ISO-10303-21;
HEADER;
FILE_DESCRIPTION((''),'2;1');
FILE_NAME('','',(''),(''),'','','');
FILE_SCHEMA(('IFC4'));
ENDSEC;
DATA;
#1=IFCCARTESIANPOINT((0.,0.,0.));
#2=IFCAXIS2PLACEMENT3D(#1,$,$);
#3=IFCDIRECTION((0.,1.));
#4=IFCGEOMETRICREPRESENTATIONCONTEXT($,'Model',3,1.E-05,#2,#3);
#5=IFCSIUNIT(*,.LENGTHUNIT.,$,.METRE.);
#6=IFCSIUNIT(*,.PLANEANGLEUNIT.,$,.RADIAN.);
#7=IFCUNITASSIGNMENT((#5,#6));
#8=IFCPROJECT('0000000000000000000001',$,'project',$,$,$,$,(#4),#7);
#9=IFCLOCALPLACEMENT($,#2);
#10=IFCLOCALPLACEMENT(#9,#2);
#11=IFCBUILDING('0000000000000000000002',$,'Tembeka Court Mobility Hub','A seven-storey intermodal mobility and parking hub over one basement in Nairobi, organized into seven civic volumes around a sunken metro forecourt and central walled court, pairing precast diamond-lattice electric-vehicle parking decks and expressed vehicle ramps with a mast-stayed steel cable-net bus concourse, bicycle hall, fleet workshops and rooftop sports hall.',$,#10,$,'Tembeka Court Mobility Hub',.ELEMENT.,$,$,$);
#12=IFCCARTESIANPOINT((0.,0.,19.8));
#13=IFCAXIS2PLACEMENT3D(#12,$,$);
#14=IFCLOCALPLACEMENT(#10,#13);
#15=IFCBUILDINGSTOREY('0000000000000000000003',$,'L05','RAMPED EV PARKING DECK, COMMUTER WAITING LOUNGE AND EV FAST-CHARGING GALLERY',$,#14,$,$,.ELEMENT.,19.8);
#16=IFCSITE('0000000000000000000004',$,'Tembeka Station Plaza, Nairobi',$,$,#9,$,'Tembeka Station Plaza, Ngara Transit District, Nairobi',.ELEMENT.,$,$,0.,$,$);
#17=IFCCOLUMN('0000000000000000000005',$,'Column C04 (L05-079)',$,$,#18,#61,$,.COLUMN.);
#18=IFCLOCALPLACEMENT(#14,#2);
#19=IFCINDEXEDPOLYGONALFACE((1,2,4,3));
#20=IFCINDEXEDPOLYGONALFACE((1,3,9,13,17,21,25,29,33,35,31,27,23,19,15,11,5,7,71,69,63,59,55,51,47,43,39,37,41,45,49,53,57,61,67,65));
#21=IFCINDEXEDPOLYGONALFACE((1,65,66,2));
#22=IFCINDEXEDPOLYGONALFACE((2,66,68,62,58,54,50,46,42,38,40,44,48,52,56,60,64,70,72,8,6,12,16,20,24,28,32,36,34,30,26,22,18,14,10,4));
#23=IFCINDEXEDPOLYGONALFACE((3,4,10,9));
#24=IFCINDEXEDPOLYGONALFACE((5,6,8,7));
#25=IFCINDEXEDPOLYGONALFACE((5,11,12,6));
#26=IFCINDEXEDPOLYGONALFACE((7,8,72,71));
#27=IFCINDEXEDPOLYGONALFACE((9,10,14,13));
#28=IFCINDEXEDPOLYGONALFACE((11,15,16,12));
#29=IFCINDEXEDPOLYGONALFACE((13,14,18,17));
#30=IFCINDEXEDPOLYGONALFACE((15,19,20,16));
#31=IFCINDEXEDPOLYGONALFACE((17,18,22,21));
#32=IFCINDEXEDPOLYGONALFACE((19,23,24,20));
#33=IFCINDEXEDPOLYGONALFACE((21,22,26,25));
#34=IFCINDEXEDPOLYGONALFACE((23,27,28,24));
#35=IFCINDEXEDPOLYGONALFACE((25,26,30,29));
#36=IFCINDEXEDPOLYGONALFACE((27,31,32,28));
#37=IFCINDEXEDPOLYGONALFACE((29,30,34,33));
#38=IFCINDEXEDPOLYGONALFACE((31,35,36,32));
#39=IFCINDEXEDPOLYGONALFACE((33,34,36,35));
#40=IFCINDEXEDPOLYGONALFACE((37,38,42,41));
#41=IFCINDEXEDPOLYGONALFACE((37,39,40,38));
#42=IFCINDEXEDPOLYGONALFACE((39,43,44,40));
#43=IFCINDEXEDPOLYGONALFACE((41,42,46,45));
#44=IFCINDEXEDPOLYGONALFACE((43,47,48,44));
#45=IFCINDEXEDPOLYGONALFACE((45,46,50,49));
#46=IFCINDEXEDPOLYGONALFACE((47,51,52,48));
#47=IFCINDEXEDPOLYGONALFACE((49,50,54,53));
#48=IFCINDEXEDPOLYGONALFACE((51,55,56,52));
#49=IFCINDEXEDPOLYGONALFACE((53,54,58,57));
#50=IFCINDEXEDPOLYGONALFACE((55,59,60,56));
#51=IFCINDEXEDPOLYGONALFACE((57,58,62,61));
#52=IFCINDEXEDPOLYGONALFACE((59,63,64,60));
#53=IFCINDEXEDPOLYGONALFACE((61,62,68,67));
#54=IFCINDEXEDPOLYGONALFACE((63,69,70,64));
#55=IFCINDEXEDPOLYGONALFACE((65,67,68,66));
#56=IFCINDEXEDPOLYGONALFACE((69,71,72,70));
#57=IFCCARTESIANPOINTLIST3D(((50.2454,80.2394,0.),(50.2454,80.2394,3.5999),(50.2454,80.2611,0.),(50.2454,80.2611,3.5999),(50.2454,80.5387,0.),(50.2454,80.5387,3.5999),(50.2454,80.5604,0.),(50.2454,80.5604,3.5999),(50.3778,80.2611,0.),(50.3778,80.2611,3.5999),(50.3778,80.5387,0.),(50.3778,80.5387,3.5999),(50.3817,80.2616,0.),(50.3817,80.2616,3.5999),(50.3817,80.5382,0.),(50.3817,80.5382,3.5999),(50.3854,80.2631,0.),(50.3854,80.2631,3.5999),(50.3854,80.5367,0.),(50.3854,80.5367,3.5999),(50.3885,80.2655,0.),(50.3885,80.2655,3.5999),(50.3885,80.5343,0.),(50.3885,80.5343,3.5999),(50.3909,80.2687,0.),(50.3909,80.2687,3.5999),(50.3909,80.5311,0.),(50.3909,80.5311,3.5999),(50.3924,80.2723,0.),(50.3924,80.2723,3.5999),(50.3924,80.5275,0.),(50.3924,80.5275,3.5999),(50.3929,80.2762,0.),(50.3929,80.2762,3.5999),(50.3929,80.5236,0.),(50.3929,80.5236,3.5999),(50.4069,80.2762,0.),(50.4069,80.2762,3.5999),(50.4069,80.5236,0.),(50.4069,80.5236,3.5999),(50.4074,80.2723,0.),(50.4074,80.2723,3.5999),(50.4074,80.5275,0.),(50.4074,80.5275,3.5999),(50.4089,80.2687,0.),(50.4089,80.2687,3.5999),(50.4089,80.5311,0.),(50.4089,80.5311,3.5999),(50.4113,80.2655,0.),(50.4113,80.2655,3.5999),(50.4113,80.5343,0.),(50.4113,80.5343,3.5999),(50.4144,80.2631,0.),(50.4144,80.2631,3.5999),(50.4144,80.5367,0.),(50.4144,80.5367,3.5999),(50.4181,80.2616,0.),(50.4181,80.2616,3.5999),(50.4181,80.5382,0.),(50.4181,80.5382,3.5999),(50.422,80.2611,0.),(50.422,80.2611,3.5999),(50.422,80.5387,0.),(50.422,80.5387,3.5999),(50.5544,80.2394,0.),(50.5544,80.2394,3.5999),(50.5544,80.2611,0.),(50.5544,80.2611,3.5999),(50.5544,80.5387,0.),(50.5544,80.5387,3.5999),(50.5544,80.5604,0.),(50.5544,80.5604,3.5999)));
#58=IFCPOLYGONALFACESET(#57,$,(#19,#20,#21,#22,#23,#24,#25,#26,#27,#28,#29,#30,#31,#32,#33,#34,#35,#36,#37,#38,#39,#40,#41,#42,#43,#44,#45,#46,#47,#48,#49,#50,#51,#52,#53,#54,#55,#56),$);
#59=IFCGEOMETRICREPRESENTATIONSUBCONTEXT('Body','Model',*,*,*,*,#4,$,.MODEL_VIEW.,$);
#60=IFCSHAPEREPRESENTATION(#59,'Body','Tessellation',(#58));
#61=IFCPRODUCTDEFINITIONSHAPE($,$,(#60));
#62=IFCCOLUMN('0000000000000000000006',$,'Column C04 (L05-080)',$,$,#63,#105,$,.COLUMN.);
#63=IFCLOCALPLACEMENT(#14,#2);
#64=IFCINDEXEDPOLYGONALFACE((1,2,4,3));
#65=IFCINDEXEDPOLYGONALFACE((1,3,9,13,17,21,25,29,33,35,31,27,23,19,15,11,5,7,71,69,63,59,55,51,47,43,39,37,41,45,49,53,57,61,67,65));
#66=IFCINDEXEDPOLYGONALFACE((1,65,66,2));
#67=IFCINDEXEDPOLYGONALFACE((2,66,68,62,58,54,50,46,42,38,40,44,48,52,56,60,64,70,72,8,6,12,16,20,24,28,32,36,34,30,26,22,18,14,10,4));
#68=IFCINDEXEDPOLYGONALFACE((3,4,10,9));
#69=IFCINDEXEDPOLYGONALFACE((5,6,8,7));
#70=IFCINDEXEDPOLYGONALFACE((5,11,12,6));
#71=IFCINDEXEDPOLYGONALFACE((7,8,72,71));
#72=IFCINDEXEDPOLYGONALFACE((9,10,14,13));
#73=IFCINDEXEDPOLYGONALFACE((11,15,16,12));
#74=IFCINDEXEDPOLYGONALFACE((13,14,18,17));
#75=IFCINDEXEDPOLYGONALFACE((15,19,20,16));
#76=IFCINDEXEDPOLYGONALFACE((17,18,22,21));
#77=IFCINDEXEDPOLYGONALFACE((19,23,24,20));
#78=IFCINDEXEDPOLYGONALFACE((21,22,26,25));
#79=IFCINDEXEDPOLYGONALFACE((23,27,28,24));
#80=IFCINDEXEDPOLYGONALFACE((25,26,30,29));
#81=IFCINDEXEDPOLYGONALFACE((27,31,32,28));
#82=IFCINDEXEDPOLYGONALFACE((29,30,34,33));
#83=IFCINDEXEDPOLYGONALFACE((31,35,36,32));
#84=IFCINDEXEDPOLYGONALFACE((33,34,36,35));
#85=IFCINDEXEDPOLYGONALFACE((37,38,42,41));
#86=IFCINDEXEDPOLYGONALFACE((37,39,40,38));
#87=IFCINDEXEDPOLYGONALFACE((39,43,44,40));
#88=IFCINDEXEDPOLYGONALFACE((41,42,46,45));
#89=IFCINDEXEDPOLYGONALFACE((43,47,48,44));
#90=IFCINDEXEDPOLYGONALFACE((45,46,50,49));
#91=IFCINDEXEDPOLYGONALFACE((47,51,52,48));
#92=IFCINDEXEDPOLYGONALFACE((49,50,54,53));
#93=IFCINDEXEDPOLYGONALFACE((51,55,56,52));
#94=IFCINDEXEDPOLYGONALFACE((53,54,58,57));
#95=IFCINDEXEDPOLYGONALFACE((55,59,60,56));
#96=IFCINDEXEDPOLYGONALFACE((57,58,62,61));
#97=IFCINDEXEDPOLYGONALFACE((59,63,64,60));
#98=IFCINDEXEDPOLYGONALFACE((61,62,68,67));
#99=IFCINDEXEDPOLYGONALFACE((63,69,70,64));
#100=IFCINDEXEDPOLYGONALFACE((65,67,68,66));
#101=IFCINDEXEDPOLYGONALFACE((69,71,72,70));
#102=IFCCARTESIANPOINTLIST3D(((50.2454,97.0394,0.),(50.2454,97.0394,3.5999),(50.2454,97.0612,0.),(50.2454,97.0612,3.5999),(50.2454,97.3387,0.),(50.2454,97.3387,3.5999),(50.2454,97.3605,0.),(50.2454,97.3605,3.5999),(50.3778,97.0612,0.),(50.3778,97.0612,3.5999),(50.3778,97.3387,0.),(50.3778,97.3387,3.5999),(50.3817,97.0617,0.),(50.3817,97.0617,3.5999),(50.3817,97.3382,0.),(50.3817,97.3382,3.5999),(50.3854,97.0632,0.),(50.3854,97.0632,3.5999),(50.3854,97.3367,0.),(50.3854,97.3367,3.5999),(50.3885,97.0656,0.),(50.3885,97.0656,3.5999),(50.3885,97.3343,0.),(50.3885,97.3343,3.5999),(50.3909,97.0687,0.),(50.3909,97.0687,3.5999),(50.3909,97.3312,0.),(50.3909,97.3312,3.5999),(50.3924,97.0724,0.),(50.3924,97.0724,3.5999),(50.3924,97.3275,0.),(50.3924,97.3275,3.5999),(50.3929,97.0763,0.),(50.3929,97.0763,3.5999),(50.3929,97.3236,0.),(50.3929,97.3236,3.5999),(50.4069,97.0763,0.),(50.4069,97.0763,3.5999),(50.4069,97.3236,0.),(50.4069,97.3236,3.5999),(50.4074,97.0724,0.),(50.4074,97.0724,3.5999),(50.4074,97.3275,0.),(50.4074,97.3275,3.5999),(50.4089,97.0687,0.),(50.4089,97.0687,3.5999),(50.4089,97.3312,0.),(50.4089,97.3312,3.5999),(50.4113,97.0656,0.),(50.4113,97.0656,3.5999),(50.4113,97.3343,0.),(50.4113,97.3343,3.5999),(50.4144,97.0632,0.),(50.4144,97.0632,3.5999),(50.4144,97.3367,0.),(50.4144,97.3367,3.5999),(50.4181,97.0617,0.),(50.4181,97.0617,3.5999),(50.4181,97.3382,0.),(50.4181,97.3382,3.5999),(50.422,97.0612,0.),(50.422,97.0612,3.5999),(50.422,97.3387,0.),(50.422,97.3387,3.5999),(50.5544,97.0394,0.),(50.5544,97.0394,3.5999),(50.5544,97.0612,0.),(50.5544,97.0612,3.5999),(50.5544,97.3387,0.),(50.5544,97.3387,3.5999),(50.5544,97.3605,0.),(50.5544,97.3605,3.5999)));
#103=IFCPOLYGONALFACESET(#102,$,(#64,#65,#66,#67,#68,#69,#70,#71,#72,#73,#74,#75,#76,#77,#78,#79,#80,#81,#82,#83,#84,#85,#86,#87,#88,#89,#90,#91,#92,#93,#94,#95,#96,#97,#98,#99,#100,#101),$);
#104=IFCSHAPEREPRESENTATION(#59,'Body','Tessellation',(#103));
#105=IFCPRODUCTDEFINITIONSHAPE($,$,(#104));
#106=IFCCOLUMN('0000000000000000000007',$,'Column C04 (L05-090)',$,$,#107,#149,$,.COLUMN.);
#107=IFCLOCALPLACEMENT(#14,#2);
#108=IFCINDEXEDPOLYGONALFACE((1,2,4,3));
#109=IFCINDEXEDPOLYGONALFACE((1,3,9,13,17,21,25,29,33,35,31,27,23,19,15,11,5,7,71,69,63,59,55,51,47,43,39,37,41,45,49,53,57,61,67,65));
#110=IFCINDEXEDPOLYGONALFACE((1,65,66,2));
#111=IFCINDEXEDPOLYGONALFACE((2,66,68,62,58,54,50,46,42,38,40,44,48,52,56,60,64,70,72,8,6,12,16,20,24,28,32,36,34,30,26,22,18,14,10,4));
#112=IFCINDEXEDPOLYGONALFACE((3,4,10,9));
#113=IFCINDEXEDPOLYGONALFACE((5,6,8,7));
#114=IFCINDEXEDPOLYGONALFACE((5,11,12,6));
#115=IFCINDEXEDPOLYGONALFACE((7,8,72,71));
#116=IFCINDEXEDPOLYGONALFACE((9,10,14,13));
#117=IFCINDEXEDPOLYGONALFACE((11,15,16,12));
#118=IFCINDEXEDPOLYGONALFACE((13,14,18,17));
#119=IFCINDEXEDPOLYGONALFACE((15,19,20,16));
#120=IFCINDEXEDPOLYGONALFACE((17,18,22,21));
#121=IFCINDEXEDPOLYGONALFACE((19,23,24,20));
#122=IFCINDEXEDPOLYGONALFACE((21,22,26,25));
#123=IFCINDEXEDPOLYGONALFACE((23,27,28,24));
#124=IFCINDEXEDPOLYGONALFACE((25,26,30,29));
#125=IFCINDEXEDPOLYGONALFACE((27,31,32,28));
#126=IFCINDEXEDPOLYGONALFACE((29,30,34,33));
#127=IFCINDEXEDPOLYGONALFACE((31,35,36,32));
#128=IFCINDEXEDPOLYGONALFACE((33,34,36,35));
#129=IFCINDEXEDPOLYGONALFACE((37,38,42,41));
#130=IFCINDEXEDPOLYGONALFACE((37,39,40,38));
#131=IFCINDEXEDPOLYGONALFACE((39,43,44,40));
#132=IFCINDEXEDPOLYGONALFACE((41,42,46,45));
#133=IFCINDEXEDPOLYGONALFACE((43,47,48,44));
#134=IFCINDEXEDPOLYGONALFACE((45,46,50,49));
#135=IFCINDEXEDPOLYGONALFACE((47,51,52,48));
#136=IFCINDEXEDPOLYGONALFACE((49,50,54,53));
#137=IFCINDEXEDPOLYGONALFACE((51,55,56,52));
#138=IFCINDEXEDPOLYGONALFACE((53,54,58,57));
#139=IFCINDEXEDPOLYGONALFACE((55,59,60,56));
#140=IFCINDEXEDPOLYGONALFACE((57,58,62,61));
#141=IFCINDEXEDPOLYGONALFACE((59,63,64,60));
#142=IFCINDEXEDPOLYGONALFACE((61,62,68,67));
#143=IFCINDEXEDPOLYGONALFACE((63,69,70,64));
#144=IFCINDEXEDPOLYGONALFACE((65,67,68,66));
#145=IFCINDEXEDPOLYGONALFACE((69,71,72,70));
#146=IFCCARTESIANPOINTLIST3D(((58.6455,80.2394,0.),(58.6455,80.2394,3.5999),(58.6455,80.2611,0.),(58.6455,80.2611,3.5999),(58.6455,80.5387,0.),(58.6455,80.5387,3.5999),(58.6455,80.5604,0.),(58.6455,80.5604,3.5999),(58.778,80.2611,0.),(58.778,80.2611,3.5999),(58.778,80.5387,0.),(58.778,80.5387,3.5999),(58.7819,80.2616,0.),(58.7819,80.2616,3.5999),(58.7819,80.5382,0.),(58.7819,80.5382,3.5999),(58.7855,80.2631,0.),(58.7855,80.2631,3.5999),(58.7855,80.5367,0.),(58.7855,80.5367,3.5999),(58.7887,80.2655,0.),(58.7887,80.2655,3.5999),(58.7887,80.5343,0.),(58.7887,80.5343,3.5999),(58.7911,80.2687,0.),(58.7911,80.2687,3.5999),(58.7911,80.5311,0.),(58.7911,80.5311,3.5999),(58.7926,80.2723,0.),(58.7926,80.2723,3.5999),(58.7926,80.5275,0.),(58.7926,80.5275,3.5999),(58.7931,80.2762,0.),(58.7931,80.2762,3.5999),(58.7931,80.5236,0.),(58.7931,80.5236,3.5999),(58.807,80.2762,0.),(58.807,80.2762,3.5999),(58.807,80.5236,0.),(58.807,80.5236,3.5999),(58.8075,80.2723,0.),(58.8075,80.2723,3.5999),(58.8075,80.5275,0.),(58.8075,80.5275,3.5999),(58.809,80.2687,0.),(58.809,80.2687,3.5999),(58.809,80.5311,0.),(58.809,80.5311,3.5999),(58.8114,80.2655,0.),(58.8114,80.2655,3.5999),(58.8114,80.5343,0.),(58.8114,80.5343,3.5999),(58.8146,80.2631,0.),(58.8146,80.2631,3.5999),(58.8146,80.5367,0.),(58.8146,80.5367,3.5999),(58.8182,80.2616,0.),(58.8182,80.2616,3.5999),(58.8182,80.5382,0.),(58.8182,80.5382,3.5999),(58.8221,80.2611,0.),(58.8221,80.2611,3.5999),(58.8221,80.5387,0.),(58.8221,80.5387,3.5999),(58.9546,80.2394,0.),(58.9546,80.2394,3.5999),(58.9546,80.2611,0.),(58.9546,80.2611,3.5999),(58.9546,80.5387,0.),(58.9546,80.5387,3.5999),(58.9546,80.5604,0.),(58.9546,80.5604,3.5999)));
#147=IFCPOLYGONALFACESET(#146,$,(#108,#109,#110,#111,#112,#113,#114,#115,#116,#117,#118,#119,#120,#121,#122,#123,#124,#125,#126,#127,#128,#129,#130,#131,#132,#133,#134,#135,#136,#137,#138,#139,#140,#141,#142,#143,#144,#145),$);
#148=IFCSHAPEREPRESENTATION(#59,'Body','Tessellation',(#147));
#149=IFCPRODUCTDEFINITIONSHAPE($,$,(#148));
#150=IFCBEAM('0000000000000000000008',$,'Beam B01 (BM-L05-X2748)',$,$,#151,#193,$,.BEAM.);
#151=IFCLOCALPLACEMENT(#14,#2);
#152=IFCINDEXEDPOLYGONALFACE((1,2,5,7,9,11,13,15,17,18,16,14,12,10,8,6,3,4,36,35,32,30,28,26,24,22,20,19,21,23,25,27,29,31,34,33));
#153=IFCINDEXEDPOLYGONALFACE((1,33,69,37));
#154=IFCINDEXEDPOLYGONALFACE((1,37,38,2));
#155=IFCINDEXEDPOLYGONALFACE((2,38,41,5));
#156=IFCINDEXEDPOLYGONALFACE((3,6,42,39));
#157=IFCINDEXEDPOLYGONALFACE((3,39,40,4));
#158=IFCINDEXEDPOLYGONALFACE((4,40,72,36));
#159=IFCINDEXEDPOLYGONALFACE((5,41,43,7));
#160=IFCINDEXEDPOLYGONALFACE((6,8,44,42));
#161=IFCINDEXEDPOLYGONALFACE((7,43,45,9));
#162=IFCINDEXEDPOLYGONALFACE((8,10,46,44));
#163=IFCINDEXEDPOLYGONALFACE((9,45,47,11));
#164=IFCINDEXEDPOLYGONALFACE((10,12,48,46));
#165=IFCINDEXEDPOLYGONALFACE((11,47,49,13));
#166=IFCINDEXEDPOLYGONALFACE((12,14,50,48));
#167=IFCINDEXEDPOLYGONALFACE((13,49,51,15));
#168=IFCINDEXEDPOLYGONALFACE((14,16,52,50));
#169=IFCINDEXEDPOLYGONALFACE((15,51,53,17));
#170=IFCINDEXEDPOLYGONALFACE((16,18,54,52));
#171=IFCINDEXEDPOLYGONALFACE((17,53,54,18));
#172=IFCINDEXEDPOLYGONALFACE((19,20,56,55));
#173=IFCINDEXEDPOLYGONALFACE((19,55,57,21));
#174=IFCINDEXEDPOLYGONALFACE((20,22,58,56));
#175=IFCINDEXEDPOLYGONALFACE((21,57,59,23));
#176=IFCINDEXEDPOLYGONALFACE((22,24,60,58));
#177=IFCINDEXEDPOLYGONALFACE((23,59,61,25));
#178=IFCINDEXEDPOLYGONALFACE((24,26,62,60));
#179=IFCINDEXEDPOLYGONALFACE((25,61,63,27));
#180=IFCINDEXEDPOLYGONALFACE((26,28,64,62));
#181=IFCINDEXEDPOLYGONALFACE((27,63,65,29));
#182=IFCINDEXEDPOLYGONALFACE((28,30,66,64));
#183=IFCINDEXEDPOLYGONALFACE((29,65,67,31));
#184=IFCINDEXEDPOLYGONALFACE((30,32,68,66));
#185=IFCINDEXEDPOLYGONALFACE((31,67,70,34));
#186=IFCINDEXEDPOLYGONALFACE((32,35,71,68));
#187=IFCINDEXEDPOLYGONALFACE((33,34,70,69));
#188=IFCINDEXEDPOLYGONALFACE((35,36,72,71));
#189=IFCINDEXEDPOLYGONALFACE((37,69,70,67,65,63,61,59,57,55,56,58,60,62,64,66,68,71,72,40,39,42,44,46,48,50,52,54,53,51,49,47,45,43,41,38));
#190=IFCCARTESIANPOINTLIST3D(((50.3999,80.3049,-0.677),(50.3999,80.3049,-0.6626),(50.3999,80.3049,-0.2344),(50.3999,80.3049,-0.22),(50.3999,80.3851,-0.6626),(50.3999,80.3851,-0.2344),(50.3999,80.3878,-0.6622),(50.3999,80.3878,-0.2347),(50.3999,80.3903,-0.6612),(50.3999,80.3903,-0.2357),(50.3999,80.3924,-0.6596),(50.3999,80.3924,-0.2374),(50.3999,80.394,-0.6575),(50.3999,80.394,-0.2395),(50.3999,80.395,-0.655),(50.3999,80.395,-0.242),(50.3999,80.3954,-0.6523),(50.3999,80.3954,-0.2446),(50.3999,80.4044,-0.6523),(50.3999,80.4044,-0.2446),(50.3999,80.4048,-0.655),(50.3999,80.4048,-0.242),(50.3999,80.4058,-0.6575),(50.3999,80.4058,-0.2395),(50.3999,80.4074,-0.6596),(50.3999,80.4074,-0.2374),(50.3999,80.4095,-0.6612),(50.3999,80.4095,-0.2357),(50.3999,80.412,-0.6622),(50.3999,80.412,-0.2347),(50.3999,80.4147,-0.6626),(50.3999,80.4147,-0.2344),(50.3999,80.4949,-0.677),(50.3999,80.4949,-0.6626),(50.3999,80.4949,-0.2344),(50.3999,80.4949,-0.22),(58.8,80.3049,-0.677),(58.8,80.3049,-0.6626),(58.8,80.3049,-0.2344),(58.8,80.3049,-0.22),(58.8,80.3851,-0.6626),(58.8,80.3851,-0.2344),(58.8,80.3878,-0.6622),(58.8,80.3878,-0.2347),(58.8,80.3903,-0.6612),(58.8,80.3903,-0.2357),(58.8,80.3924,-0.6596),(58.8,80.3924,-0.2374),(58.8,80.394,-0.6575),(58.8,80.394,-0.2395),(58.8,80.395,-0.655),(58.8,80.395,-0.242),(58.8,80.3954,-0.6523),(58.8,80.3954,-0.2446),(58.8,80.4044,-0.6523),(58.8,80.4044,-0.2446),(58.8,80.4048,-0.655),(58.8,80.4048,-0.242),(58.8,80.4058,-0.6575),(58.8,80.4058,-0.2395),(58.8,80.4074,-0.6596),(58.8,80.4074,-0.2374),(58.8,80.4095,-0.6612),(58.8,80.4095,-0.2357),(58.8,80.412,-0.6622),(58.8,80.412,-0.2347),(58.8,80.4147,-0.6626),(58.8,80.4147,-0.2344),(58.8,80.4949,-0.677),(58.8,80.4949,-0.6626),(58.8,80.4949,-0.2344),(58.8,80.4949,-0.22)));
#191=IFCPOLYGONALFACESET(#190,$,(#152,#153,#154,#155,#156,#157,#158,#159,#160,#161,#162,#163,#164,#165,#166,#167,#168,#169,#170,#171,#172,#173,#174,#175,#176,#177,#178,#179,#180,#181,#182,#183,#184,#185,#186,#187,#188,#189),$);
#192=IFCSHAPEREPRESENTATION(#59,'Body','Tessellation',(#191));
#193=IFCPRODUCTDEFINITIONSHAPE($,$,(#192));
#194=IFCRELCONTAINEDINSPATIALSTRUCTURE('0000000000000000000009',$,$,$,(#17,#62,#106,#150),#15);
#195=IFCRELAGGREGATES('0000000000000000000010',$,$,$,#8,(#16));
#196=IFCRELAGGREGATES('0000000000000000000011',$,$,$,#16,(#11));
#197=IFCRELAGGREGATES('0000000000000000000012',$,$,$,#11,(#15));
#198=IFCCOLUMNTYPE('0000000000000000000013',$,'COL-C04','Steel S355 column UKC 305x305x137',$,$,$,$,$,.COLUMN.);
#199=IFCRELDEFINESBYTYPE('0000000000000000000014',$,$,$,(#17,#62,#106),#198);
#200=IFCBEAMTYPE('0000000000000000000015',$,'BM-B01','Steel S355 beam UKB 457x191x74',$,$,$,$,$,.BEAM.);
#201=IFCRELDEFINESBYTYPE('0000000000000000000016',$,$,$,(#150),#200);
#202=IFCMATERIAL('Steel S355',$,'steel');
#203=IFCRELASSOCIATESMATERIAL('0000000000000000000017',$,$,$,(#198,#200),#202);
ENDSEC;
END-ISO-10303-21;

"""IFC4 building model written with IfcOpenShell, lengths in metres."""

from ifc_helpers import new_model, si_unit, direction, frame, origin, origin_2d, place, context, subcontext, project, spatial, i_section, extrude, material, material_profile, profile_set, type_object, element, save


model = new_model("IFC4")

# Units and contexts
model_context = context("Model", 3, precision=1e-05, world=origin(), true_north=direction((0.0, 1.0)))
body_context = subcontext(model_context, "Body", "Model", "MODEL_VIEW")
ifc_project = project(units=[si_unit("LENGTHUNIT", "METRE"), si_unit("PLANEANGLEUNIT", "RADIAN")], contexts=[model_context])

# Site, building, storey
site_placement = place(None, origin())
site = spatial("IfcSite", under=ifc_project, at=site_placement, Name="Tembeka Station Plaza, Nairobi", LongName="Tembeka Station Plaza, Ngara Transit District, Nairobi", CompositionType="ELEMENT", RefElevation=0.0)
building_placement = place(site_placement, origin())
building = spatial("IfcBuilding", under=site, at=building_placement, Name="Tembeka Court Mobility Hub", Description="A seven-storey intermodal mobility and parking hub over one basement in Nairobi, organized into seven civic volumes around a sunken metro forecourt and central walled court, pairing precast diamond-lattice electric-vehicle parking decks and expressed vehicle ramps with a mast-stayed steel cable-net bus concourse, bicycle hall, fleet workshops and rooftop sports hall.", LongName="Tembeka Court Mobility Hub", CompositionType="ELEMENT")
storey_placement = place(building_placement, frame((0.0, 0.0, 19.8)))
storey = spatial("IfcBuildingStorey", under=building, at=storey_placement, Name="L05", Description="RAMPED EV PARKING DECK, COMMUTER WAITING LOUNGE AND EV FAST-CHARGING GALLERY", CompositionType="ELEMENT", Elevation=19.8)

# Columns
ifc_material = material(Name="Steel S355", Category="steel")
ifc_material_profile_1 = material_profile(ifc_material, i_section(OverallWidth=0.3091, OverallDepth=0.321, WebThickness=0.0139, FlangeThickness=0.0217, FilletRadius=0.0151, at=origin_2d()), Name="UKC 305x305x137")
ifc_profile_set_1 = profile_set([ifc_material_profile_1], Name="Steel S355")
column_type = type_object("IfcColumnType", Name="COL-C04", Description="Steel S355 column UKC 305x305x137", PredefinedType="COLUMN", material=ifc_profile_set_1)
for number, where, z_axis, x_axis, name in (
    (1, (50.3999, 80.3999, 0.0), (0.0, 0.0, 1.0), (1.0, 0.0, 0.0), "Column C04 (L05-079)"),
    (2, (50.3999, 97.2, 0.0), (0.0, 0.0, 1.0), (1.0, 0.0, 0.0), "Column C04 (L05-080)"),
    (3, (58.8, 80.3999, 0.0), (0.0, 0.0, 1.0), (1.0, 0.0, 0.0), "Column C04 (L05-090)"),
):
    element("IfcColumn", number, at=place(storey_placement, frame(where, z_axis=z_axis, x_axis=x_axis)), inside=storey, type_object=column_type, Name=name, PredefinedType="COLUMN", context=body_context, shape_type="SweptSolid", body=[
        extrude(i_section(OverallWidth=0.3091, OverallDepth=0.321, WebThickness=0.0139, FlangeThickness=0.0217, FilletRadius=0.0151, at=origin_2d()), origin(), (0.0, 0.0, 1.0), 3.5999),
    ])

# Beam
ifc_material_profile_2 = material_profile(ifc_material, i_section(OverallWidth=0.1899, OverallDepth=0.457, WebThickness=0.009, FlangeThickness=0.0144, FilletRadius=0.0103, at=origin_2d()), Name="UKB 457x191x74")
ifc_profile_set_2 = profile_set([ifc_material_profile_2], Name="Steel S355")
beam_type_1 = type_object("IfcBeamType", Name="BM-B01", Description="Steel S355 beam UKB 457x191x74", PredefinedType="BEAM", material=ifc_profile_set_2)
beam_1_placement = place(storey_placement, frame((50.3999, 80.3999, -0.4485), z_axis=(1.0, 0.0, 0.0), x_axis=(0.0, 1.0, 0.0)))
element("IfcBeam", 4, at=beam_1_placement, inside=storey, type_object=beam_type_1, Name="Beam B01 (BM-L05-X2748)", PredefinedType="BEAM", context=body_context, shape_type="SweptSolid", body=[
    extrude(i_section(OverallWidth=0.1899, OverallDepth=0.457, WebThickness=0.009, FlangeThickness=0.0144, FilletRadius=0.0103, at=origin_2d()), origin(), (0.0, 0.0, 1.0), 8.4001),
])

save(model, "model.ifc")
